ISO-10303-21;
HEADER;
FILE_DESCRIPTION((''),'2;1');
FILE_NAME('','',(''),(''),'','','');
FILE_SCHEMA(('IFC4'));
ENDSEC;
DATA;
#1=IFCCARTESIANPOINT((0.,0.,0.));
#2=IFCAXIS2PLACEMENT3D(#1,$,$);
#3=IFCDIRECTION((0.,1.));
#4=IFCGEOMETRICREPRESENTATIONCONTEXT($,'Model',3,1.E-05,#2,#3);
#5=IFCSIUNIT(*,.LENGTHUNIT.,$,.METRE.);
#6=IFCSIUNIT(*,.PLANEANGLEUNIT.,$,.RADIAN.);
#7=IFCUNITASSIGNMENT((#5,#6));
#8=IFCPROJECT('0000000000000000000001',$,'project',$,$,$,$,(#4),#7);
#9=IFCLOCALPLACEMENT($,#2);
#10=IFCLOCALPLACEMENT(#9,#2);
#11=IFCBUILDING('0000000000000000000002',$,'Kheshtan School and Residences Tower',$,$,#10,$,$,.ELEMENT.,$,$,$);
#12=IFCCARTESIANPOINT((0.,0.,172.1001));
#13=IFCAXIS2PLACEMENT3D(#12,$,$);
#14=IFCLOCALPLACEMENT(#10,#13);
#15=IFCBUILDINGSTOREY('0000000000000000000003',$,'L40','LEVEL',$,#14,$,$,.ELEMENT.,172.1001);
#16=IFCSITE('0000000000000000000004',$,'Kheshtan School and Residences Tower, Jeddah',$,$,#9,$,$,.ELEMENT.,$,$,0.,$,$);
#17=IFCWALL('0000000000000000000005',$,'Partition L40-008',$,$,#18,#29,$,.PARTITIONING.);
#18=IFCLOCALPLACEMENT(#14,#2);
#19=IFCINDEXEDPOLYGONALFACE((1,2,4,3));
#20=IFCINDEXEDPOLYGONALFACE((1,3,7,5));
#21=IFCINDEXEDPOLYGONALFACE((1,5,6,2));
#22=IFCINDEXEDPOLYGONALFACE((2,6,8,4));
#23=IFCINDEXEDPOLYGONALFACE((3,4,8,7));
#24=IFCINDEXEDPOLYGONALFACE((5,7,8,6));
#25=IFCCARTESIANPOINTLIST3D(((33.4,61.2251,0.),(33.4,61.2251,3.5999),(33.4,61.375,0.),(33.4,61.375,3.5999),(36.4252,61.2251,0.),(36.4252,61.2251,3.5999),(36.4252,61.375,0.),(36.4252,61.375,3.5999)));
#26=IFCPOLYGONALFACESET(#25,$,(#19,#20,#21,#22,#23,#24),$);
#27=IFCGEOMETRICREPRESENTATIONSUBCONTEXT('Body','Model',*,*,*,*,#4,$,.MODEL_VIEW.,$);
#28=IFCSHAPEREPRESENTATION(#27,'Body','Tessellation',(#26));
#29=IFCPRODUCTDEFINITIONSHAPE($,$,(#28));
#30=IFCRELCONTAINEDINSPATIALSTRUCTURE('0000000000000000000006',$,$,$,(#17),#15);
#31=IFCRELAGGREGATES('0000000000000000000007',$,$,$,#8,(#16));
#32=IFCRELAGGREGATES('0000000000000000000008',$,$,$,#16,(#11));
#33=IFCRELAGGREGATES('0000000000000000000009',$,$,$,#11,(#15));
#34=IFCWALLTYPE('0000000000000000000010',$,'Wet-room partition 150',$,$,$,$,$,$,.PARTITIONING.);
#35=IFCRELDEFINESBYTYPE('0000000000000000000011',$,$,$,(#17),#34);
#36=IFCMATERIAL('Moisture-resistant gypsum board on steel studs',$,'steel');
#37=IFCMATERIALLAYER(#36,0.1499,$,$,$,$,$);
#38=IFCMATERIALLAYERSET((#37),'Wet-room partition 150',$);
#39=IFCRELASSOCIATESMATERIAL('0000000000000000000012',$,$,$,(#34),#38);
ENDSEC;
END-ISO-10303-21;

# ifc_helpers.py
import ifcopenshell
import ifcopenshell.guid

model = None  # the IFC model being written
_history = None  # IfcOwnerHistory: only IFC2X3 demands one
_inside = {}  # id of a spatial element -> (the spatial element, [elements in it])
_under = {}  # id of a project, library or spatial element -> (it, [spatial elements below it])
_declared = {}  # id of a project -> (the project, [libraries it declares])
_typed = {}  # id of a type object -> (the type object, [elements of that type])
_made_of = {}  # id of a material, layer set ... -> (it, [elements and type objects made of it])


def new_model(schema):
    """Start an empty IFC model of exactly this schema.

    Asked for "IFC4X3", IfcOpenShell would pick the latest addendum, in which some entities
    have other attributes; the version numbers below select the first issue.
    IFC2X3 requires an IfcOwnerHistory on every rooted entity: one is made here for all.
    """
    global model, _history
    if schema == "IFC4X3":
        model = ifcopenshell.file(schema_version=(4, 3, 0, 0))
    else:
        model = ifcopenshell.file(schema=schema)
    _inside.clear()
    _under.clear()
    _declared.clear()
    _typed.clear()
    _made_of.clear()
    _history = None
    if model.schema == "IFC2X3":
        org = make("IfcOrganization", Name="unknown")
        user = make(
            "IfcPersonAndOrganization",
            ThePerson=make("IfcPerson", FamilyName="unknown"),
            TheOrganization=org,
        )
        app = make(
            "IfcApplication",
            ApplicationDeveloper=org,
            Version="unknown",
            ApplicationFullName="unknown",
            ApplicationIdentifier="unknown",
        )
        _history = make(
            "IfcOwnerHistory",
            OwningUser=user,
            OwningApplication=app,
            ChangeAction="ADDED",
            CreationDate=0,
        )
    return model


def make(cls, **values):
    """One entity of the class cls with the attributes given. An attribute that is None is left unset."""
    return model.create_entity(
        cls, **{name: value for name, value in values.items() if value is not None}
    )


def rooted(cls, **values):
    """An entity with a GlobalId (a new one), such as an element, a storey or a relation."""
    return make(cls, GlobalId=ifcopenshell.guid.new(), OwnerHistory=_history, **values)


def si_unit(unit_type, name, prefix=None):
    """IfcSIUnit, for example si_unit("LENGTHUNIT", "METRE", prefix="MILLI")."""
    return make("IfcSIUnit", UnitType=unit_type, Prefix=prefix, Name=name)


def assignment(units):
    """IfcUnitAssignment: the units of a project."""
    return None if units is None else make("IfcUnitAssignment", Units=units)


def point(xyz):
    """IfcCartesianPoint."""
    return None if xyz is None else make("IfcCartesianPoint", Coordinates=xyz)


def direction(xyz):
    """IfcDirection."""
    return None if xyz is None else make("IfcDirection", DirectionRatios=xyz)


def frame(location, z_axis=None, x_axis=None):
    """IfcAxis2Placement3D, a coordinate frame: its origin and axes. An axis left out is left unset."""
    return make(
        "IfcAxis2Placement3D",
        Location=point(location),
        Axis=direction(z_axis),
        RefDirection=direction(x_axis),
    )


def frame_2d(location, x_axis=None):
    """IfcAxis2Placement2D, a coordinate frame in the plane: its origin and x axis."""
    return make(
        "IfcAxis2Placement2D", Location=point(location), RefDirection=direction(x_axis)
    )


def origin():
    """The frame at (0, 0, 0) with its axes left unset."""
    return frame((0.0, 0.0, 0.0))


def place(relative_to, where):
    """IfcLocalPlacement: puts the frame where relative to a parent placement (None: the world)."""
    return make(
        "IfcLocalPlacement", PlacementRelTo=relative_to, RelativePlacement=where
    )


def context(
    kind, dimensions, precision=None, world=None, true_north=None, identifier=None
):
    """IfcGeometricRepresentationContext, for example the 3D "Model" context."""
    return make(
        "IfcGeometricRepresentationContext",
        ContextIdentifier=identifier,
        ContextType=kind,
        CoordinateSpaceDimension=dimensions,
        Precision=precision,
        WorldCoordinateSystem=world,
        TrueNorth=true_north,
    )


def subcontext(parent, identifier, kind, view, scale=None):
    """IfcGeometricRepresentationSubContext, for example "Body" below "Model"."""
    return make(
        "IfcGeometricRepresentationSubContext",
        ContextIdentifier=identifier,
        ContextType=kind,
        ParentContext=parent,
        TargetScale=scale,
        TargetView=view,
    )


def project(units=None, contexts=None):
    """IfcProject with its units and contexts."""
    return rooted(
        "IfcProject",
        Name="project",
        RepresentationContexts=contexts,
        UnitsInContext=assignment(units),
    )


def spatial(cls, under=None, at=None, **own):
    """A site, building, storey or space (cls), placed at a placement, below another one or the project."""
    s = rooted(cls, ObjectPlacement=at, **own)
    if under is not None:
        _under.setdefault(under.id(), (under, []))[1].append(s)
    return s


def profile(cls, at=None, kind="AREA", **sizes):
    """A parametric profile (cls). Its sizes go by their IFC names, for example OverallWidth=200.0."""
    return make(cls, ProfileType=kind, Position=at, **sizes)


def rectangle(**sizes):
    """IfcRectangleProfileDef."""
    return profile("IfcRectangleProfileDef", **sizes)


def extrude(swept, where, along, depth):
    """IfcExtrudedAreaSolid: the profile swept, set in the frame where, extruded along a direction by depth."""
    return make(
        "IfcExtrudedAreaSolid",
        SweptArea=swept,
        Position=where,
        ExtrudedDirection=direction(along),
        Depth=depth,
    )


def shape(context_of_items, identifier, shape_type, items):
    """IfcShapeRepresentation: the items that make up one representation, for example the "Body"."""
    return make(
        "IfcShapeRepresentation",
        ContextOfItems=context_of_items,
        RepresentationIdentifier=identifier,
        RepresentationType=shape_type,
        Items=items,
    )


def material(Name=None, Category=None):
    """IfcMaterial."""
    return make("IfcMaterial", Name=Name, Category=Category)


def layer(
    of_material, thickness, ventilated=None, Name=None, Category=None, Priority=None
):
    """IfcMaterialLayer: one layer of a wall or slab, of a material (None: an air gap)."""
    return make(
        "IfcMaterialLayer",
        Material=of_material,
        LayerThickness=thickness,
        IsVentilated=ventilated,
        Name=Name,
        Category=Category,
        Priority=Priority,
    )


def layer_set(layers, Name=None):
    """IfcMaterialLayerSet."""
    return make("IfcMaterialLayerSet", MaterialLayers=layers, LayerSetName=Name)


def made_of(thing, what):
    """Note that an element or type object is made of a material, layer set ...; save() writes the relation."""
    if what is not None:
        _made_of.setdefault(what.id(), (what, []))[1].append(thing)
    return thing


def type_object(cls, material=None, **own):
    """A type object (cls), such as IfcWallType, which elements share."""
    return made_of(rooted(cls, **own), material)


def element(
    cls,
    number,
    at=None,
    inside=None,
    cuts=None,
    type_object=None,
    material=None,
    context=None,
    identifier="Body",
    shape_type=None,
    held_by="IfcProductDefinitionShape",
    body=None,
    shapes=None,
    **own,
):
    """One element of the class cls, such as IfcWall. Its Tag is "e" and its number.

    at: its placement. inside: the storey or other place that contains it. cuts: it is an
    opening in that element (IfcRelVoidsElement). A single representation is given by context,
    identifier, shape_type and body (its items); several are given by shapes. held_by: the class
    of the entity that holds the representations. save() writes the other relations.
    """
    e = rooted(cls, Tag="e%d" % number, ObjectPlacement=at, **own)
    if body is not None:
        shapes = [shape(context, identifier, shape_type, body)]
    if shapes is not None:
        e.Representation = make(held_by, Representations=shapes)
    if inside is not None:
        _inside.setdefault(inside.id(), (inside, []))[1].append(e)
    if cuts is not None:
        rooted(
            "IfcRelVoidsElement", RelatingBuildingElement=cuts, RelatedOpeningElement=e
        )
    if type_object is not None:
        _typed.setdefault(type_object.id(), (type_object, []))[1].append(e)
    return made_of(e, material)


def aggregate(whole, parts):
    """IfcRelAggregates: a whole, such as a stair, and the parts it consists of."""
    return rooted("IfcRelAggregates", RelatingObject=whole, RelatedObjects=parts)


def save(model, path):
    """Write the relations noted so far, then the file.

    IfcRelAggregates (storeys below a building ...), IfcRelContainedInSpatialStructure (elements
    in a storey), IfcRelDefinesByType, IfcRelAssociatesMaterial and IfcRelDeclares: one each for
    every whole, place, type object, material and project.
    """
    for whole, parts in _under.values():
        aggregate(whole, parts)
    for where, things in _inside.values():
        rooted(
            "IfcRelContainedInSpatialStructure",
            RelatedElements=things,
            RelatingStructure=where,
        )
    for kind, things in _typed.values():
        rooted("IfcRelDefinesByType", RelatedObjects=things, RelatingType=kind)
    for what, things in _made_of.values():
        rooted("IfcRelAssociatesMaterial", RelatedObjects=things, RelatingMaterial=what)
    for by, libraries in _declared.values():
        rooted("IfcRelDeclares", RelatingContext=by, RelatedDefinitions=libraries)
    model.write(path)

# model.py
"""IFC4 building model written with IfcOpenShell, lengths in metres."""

from ifc_helpers import new_model, si_unit, direction, frame, frame_2d, origin, place, context, subcontext, project, spatial, rectangle, extrude, material, layer, layer_set, type_object, element, save


model = new_model("IFC4")

# Units and contexts
model_context = context("Model", 3, precision=1e-05, world=origin(), true_north=direction((0.0, 1.0)))
body_context = subcontext(model_context, "Body", "Model", "MODEL_VIEW")
ifc_project = project(units=[si_unit("LENGTHUNIT", "METRE"), si_unit("PLANEANGLEUNIT", "RADIAN")], contexts=[model_context])

# Site, building, storey
site_placement = place(None, origin())
site = spatial("IfcSite", under=ifc_project, at=site_placement, Name="Kheshtan School and Residences Tower, Jeddah", CompositionType="ELEMENT", RefElevation=0.0)
building_placement = place(site_placement, origin())
building = spatial("IfcBuilding", under=site, at=building_placement, Name="Kheshtan School and Residences Tower", CompositionType="ELEMENT")
storey_placement = place(building_placement, frame((0.0, 0.0, 172.1001)))
storey = spatial("IfcBuildingStorey", under=building, at=storey_placement, Name="L40", Description="LEVEL", CompositionType="ELEMENT", Elevation=172.1001)

# Wall
ifc_material_1 = material(Name="Moisture-resistant gypsum board on steel studs", Category="steel")
ifc_layer_1 = layer(ifc_material_1, 0.1499)
ifc_layer_set_1 = layer_set([ifc_layer_1], Name="Wet-room partition 150")
wall_type_1 = type_object("IfcWallType", Name="Wet-room partition 150", PredefinedType="PARTITIONING", material=ifc_layer_set_1)
wall_1_placement = place(storey_placement, frame((33.3999, 61.3, 0.0), z_axis=(0.0, 0.0, 1.0), x_axis=(1.0, 0.0, 0.0)))
element("IfcWall", 1, at=wall_1_placement, inside=storey, type_object=wall_type_1, Name="Partition L40-008", PredefinedType="PARTITIONING", context=body_context, shape_type="SweptSolid", body=[
    extrude(rectangle(XDim=3.0251, YDim=0.1499, at=frame_2d((1.5127, 0.0))), origin(), (0.0, 0.0, 1.0), 3.5999),
])

save(model, "model.ifc")
